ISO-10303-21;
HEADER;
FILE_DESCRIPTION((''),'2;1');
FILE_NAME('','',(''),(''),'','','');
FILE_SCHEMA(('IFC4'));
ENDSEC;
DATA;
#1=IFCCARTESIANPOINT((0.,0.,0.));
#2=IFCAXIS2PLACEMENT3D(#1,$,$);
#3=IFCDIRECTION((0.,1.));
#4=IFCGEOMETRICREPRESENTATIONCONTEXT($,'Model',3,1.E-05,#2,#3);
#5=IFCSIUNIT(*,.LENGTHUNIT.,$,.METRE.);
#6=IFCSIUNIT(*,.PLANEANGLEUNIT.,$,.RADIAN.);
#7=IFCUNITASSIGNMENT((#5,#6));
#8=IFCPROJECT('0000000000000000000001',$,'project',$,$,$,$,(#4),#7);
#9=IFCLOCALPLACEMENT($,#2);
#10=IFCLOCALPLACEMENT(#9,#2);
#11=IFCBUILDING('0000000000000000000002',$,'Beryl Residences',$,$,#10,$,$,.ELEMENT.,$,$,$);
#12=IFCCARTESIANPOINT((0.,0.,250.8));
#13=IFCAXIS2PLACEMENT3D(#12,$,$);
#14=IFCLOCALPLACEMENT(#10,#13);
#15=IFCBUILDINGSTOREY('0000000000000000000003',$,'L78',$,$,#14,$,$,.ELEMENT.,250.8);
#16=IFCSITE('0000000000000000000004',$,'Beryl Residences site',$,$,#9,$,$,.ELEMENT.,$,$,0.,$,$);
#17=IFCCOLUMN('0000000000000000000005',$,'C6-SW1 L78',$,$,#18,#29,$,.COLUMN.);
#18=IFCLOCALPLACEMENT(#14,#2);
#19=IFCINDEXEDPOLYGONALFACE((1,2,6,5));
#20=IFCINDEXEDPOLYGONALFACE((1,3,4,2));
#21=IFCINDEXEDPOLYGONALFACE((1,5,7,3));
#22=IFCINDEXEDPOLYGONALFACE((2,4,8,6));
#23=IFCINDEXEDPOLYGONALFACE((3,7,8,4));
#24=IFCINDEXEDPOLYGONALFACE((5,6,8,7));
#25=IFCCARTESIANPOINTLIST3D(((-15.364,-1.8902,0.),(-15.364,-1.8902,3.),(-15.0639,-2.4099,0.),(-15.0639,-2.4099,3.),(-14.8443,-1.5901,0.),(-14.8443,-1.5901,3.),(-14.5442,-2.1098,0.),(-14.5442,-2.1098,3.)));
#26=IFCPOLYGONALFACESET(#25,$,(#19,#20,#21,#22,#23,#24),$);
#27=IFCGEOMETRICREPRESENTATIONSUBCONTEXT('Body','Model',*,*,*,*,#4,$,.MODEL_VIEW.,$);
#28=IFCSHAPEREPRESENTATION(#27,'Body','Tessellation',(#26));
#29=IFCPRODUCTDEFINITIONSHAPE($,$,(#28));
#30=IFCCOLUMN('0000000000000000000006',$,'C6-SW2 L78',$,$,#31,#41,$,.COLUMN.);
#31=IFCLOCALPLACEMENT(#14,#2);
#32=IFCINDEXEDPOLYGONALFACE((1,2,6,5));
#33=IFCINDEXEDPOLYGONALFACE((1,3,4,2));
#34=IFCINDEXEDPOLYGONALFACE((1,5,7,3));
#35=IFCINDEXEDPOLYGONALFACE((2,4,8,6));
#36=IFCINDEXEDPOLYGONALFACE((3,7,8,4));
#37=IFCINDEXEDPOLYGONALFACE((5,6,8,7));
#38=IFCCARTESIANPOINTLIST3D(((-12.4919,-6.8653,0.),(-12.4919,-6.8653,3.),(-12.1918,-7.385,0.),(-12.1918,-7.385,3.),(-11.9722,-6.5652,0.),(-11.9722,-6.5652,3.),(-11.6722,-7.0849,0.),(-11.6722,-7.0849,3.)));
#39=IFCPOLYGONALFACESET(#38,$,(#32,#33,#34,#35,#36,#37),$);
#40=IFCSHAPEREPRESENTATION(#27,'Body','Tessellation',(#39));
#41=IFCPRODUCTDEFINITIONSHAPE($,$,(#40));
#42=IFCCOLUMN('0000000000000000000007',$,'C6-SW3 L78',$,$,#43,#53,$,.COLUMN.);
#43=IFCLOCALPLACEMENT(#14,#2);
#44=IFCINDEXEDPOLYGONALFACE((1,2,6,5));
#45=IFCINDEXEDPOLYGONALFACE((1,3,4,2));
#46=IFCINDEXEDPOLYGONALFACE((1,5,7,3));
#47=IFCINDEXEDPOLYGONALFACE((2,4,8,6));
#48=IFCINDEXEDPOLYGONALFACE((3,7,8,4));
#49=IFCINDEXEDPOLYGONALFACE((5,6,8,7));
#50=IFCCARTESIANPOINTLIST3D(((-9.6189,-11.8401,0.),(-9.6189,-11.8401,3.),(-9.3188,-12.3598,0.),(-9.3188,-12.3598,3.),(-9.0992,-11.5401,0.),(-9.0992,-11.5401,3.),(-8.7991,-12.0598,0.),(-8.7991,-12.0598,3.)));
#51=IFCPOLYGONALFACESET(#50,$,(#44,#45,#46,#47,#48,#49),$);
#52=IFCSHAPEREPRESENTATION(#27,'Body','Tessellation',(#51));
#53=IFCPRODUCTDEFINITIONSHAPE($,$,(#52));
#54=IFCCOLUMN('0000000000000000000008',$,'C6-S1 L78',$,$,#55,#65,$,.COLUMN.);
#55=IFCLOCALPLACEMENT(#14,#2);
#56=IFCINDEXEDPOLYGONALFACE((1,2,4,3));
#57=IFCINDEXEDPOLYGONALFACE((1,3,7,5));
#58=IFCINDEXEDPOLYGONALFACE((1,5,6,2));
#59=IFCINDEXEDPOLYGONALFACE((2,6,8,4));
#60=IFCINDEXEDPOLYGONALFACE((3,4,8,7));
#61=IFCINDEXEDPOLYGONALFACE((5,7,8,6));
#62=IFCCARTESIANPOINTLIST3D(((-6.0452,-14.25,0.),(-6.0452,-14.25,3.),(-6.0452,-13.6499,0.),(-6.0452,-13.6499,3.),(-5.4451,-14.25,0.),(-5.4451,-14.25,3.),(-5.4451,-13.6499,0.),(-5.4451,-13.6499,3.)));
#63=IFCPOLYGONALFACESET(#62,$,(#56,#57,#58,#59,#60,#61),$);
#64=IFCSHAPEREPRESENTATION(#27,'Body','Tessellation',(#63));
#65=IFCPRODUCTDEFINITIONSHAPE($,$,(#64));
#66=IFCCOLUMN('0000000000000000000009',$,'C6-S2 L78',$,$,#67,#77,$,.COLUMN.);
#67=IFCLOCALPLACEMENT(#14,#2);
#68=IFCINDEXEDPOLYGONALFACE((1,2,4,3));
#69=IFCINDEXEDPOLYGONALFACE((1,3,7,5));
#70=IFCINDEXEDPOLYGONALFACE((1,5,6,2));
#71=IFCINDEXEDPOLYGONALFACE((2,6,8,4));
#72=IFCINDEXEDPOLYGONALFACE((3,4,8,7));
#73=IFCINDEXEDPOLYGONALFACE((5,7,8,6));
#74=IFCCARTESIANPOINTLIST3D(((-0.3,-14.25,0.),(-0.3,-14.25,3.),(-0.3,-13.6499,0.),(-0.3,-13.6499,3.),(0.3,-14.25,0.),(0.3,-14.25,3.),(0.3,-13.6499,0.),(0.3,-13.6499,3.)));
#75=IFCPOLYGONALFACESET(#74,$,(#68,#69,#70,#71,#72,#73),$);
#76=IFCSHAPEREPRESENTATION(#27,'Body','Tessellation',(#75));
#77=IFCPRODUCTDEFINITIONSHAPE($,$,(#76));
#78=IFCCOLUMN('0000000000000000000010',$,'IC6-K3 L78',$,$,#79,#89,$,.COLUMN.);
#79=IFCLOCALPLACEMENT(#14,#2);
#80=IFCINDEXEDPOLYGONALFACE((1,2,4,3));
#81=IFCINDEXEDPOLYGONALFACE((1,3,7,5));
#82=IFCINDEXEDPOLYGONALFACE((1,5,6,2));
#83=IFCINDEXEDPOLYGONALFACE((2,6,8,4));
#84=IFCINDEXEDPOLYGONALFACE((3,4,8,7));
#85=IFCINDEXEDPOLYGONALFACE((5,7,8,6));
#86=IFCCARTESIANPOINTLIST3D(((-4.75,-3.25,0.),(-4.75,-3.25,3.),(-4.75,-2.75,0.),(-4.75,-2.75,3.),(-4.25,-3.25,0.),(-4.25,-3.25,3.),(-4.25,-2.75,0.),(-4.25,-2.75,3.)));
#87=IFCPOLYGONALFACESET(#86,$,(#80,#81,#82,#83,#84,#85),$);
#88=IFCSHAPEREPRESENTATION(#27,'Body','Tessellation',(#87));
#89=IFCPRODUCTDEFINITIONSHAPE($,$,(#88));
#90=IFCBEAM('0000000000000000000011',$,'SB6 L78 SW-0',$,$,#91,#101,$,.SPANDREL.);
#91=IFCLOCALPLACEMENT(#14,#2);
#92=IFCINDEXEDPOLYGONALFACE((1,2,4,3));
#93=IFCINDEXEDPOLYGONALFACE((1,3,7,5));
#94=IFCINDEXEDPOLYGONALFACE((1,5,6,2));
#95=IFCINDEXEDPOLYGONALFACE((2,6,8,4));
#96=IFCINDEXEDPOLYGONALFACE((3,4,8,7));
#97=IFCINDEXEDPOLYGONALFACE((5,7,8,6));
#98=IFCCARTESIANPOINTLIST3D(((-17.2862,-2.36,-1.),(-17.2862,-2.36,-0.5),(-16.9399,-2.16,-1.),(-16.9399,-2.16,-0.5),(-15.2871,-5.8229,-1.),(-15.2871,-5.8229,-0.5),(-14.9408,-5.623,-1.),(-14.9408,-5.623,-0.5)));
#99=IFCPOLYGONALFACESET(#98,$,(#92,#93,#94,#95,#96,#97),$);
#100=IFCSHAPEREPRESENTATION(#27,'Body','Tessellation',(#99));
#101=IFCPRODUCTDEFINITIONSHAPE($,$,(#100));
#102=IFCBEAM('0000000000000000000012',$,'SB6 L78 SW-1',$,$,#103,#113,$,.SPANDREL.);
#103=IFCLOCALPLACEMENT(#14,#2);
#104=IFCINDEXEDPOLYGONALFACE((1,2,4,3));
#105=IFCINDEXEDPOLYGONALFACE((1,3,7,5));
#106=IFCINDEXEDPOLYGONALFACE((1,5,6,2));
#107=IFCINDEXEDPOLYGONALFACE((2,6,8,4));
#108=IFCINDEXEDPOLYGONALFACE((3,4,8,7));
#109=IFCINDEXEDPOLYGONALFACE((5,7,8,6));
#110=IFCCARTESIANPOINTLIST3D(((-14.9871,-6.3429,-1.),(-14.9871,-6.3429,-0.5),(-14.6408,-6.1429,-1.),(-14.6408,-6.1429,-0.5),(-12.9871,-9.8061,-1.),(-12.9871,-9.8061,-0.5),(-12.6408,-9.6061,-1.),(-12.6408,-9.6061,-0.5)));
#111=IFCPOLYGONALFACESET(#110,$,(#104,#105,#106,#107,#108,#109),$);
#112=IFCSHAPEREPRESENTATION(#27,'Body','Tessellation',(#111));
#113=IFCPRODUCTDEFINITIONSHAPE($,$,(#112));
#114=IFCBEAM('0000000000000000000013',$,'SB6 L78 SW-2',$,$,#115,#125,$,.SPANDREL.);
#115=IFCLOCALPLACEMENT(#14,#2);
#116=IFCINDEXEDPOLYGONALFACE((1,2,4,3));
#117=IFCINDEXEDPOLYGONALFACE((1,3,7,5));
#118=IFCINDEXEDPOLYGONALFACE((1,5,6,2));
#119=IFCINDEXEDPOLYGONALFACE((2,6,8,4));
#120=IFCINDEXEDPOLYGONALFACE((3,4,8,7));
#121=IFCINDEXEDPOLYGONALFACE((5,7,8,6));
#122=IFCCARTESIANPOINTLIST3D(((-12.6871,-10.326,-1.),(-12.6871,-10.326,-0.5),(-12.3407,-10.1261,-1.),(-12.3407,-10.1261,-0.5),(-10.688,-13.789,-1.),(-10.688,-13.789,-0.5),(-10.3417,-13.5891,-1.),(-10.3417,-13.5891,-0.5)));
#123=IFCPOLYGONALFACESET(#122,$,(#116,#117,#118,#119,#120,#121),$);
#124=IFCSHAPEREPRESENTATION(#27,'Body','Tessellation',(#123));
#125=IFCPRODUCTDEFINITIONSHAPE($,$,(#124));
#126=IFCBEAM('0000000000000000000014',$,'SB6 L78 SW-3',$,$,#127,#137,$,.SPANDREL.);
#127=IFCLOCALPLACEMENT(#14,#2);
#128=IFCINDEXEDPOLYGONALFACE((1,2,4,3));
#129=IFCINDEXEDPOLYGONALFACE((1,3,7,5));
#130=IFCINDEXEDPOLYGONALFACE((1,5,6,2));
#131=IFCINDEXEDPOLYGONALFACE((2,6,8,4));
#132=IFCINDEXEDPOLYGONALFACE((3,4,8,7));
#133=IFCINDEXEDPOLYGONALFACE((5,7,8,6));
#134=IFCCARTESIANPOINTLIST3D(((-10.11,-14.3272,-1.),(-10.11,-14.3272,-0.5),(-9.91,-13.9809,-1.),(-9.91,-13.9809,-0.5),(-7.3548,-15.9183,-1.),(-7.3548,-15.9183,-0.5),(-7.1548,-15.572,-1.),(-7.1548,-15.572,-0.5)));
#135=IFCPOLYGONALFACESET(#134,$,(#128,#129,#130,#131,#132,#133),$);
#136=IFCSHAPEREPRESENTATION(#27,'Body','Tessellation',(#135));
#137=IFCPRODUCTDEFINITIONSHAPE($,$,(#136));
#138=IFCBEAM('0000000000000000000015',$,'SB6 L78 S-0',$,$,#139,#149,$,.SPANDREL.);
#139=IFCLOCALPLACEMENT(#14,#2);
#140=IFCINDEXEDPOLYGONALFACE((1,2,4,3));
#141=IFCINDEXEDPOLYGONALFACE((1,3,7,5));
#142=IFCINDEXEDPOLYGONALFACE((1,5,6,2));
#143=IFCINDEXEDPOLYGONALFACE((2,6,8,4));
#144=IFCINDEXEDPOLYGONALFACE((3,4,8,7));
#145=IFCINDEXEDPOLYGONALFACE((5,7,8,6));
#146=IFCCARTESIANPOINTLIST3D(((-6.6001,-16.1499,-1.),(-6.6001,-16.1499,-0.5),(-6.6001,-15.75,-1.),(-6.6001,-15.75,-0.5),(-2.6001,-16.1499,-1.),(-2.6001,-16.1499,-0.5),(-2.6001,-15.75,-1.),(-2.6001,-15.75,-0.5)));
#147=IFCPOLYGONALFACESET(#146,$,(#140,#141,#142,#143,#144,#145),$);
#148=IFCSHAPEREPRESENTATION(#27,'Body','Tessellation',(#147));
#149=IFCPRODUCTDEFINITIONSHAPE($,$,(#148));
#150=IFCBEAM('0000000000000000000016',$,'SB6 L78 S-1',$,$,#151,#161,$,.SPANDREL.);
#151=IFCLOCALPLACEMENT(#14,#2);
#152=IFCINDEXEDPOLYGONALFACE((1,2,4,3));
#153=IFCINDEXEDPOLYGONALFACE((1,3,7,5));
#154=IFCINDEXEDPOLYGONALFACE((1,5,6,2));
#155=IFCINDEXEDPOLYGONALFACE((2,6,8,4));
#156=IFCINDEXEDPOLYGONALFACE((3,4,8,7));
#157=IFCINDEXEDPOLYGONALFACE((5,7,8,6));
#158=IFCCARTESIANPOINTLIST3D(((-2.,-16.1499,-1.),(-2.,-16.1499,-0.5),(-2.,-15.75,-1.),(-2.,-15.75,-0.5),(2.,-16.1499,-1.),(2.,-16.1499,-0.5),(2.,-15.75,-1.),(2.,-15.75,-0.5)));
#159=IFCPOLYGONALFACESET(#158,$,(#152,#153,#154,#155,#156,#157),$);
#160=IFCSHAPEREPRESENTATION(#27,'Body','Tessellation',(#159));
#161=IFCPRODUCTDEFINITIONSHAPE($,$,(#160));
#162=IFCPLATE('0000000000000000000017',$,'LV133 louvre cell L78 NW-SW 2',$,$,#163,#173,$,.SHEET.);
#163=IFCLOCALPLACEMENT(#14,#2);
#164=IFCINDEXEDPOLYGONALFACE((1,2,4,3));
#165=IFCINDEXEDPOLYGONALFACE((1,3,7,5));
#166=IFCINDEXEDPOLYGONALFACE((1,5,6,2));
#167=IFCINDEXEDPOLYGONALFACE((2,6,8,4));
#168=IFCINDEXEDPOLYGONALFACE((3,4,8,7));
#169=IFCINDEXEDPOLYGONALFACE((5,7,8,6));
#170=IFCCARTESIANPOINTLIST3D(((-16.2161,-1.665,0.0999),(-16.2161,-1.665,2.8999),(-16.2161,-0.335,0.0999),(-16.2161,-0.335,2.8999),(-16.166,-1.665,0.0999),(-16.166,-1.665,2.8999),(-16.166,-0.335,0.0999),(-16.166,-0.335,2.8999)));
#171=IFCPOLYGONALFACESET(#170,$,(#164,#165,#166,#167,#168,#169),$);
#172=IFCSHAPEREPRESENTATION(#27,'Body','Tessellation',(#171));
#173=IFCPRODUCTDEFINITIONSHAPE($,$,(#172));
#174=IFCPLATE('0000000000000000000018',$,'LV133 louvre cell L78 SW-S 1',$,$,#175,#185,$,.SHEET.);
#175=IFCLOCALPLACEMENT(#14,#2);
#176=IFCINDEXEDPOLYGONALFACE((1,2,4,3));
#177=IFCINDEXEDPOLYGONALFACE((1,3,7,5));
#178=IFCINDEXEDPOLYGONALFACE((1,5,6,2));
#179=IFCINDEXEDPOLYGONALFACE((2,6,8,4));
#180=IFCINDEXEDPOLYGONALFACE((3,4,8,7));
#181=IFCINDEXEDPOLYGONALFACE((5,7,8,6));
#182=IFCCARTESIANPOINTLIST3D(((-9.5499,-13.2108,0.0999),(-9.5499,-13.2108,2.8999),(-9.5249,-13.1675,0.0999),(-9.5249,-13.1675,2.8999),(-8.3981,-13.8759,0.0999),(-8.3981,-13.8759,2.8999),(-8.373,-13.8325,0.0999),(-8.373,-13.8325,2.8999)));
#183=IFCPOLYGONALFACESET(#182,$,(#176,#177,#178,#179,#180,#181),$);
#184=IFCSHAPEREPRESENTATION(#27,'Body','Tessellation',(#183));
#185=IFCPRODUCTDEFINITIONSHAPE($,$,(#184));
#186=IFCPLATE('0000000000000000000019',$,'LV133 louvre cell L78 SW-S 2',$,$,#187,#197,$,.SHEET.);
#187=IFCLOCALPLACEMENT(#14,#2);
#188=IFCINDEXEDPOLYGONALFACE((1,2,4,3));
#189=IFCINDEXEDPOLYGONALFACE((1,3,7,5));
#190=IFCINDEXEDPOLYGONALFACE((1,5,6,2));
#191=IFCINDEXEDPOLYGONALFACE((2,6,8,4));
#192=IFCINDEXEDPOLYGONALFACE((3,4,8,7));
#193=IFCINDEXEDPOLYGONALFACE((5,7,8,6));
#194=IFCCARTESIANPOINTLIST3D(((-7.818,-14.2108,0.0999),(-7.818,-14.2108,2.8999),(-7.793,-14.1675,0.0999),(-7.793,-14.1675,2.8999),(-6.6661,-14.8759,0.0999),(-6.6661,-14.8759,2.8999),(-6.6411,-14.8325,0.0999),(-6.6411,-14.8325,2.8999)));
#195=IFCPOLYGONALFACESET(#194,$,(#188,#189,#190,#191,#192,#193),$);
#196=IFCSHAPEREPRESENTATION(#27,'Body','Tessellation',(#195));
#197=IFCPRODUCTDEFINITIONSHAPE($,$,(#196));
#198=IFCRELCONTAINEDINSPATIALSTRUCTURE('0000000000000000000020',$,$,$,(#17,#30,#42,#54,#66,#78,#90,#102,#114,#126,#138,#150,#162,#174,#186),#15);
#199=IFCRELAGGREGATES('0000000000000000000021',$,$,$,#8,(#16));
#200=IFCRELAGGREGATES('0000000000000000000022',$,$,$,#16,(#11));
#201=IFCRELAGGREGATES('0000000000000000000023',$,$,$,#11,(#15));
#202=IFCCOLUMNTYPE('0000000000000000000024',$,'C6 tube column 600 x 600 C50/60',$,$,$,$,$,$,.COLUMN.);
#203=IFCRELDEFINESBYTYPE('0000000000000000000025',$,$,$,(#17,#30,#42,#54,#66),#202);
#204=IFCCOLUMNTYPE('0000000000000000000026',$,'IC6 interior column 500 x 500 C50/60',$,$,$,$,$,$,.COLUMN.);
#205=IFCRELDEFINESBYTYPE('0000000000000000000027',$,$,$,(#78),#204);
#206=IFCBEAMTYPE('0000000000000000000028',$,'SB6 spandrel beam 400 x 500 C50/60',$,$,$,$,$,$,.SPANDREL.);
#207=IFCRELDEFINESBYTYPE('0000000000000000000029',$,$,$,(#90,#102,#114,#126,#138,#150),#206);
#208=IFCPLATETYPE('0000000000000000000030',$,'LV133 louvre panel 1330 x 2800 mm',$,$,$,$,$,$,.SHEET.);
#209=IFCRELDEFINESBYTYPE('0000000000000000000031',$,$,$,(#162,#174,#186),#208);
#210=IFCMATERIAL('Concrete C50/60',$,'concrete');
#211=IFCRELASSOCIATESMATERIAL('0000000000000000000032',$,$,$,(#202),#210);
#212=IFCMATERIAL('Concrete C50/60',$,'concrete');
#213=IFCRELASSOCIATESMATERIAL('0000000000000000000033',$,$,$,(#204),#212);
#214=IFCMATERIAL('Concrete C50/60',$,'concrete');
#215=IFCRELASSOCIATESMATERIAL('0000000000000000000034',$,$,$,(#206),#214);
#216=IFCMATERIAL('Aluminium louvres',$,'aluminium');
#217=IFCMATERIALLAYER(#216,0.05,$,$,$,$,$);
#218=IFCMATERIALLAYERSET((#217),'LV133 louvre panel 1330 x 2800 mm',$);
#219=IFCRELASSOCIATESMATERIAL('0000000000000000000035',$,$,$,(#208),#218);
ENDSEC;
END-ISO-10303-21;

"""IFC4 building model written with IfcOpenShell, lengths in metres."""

from ifc_helpers import new_model, si_unit, direction, frame, origin, origin_2d, place, context, subcontext, project, spatial, polyline, rectangle, outline, extrude, source, transform, mapped, material, layer, layer_set, material_profile, profile_set, type_object, type_shapes, element, save


model = new_model("IFC4")

# Units and contexts
model_context = context("Model", 3, precision=1e-05, world=origin(), true_north=direction((0.0, 1.0)))
body_context = subcontext(model_context, "Body", "Model", "MODEL_VIEW")
ifc_project = project(units=[si_unit("LENGTHUNIT", "METRE"), si_unit("PLANEANGLEUNIT", "RADIAN")], contexts=[model_context])

# Site, building, storey
site_placement = place(None, origin())
site = spatial("IfcSite", under=ifc_project, at=site_placement, Name="Beryl Residences site", CompositionType="ELEMENT", RefElevation=0.0)
building_placement = place(site_placement, origin())
building = spatial("IfcBuilding", under=site, at=building_placement, Name="Beryl Residences", CompositionType="ELEMENT")
storey_placement = place(building_placement, frame((0.0, 0.0, 250.8)))
storey = spatial("IfcBuildingStorey", under=building, at=storey_placement, Name="L78", CompositionType="ELEMENT", Elevation=250.8)

# Columns
ifc_material_1 = material(Name="Concrete C50/60", Category="concrete")
ifc_material_profile_1 = material_profile(ifc_material_1, rectangle(XDim=0.6001, YDim=0.6001, at=origin_2d()))
ifc_profile_set_1 = profile_set([ifc_material_profile_1], Name="Concrete C50/60")
column_type_1 = type_object("IfcColumnType", Name="C6 tube column 600 x 600 C50/60", PredefinedType="COLUMN", material=ifc_profile_set_1)
for number, where, z_axis, x_axis, name in (
    (1, (-14.9541, -2.0, 0.0), (0.0, 0.0, 1.0), (0.50003, -0.866008, 0.0), "C6-SW1 L78"),
    (2, (-12.082, -6.9751, 0.0), (0.0, 0.0, 1.0), (0.50003, -0.866008, 0.0), "C6-SW2 L78"),
    (3, (-9.209, -11.95, 0.0), (0.0, 0.0, 1.0), (0.50003, -0.866008, 0.0), "C6-SW3 L78"),
    (4, (-5.7451, -13.95, 0.0), (0.0, 0.0, 1.0), (1.0, 0.0, 0.0), "C6-S1 L78"),
    (5, (0.0, -13.95, 0.0), (0.0, 0.0, 1.0), (1.0, 0.0, 0.0), "C6-S2 L78"),
):
    element("IfcColumn", number, at=place(storey_placement, frame(where, z_axis=z_axis, x_axis=x_axis)), inside=storey, type_object=column_type_1, Name=name, PredefinedType="COLUMN", context=body_context, shape_type="SweptSolid", body=[
        extrude(rectangle(XDim=0.6001, YDim=0.6001, at=origin_2d()), origin(), (0.0, 0.0, 1.0), 3.0),
    ])
ifc_material_2 = material(Name="Concrete C50/60", Category="concrete")
ifc_material_profile_2 = material_profile(ifc_material_2, rectangle(XDim=0.5, YDim=0.5, at=origin_2d()))
ifc_profile_set_2 = profile_set([ifc_material_profile_2], Name="Concrete C50/60")
column_type_2 = type_object("IfcColumnType", Name="IC6 interior column 500 x 500 C50/60", PredefinedType="COLUMN", material=ifc_profile_set_2)
column_placement = place(storey_placement, frame((-4.5, -3.0, 0.0), z_axis=(0.0, 0.0, 1.0), x_axis=(1.0, 0.0, 0.0)))
element("IfcColumn", 6, at=column_placement, inside=storey, type_object=column_type_2, Name="IC6-K3 L78", PredefinedType="COLUMN", context=body_context, shape_type="SweptSolid", body=[
    extrude(rectangle(XDim=0.5, YDim=0.5, at=origin_2d()), origin(), (0.0, 0.0, 1.0), 3.0),
])

# Beams
ifc_material_3 = material(Name="Concrete C50/60", Category="concrete")
ifc_material_profile_3 = material_profile(ifc_material_3, rectangle(XDim=0.3999, YDim=0.5, at=origin_2d()))
ifc_profile_set_3 = profile_set([ifc_material_profile_3], Name="Concrete C50/60")
beam_type = type_object("IfcBeamType", Name="SB6 spandrel beam 400 x 500 C50/60", PredefinedType="SPANDREL", material=ifc_profile_set_3)
beam_1_placement = place(storey_placement, frame((-17.113, -2.26, -0.75), z_axis=(0.499948, -0.866055, 0.0), x_axis=(0.866055, 0.499948, 0.0)))
element("IfcBeam", 7, at=beam_1_placement, inside=storey, type_object=beam_type, Name="SB6 L78 SW-0", PredefinedType="SPANDREL", context=body_context, shape_type="SweptSolid", body=[
    extrude(rectangle(XDim=0.3999, YDim=0.5, at=origin_2d()), origin(), (0.0, 0.0, 1.0), 3.9985),
])
beam_2_placement = place(storey_placement, frame((-14.814, -6.2429, -0.75), z_axis=(0.500105, -0.865965, 0.0), x_axis=(0.865965, 0.500105, 0.0)))
element("IfcBeam", 8, at=beam_2_placement, inside=storey, type_object=beam_type, Name="SB6 L78 SW-1", PredefinedType="SPANDREL", context=body_context, shape_type="SweptSolid", body=[
    extrude(rectangle(XDim=0.3999, YDim=0.5, at=origin_2d()), origin(), (0.0, 0.0, 1.0), 3.9993),
])
beam_3_placement = place(storey_placement, frame((-12.5139, -10.2261, -0.75), z_axis=(0.499948, -0.866055, 0.0), x_axis=(0.866055, 0.499948, 0.0)))
element("IfcBeam", 9, at=beam_3_placement, inside=storey, type_object=beam_type, Name="SB6 L78 SW-2", PredefinedType="SPANDREL", context=body_context, shape_type="SweptSolid", body=[
    extrude(rectangle(XDim=0.3999, YDim=0.5, at=origin_2d()), origin(), (0.0, 0.0, 1.0), 3.9985),
])
beam_4_placement = place(storey_placement, frame((-10.01, -14.1541, -0.75), z_axis=(0.865972, -0.500092, 0.0), x_axis=(0.500092, 0.865972, 0.0)))
element("IfcBeam", 10, at=beam_4_placement, inside=storey, type_object=beam_type, Name="SB6 L78 SW-3", PredefinedType="SPANDREL", context=body_context, shape_type="SweptSolid", body=[
    extrude(rectangle(XDim=0.3999, YDim=0.5, at=origin_2d()), origin(), (0.0, 0.0, 1.0), 3.1816),
])
for number, where, z_axis, x_axis, name in (
    (11, (-6.6001, -15.95, -0.75), (1.0, 0.0, 0.0), (0.0, 1.0, 0.0), "SB6 L78 S-0"),
    (12, (-2.0, -15.95, -0.75), (1.0, 0.0, 0.0), (0.0, 1.0, 0.0), "SB6 L78 S-1"),
):
    element("IfcBeam", number, at=place(storey_placement, frame(where, z_axis=z_axis, x_axis=x_axis)), inside=storey, type_object=beam_type, Name=name, PredefinedType="SPANDREL", context=body_context, shape_type="SweptSolid", body=[
        extrude(rectangle(XDim=0.3999, YDim=0.5, at=origin_2d()), origin(), (0.0, 0.0, 1.0), 4.0),
    ])

# Plates
ifc_material_4 = material(Name="Aluminium louvres", Category="aluminium")
ifc_layer_1 = layer(ifc_material_4, 0.05)
ifc_layer_set_1 = layer_set([ifc_layer_1], Name="LV133 louvre panel 1330 x 2800 mm")
plate_type_1 = type_object("IfcPlateType", Name="LV133 louvre panel 1330 x 2800 mm", PredefinedType="SHEET", material=ifc_layer_set_1)
shared_shape_1 = source(origin(), body_context, "Body", "SweptSolid", [
    extrude(outline(polyline([(-0.665, 0.0), (0.665, 0.0), (0.665, 0.05), (-0.665, 0.05), (-0.665, 0.0)])), origin(), (0.0, 0.0, 1.0), 2.8),
])
type_shapes(plate_type_1, [shared_shape_1])
for number, where, z_axis, x_axis, name in (
    (13, (-16.166, -1.0, 0.0999), (0.0, 0.0, 1.0), (0.0, 1.0, 0.0), "LV133 louvre cell L78 NW-SW 2"),
    (14, (-8.949, -13.5, 0.0999), (0.0, 0.0, 1.0), (-0.866025, 0.5, 0.0), "LV133 louvre cell L78 SW-S 1"),
    (15, (-7.217, -14.5, 0.0999), (0.0, 0.0, 1.0), (-0.866025, 0.5, 0.0), "LV133 louvre cell L78 SW-S 2"),
):
    element("IfcPlate", number, at=place(storey_placement, frame(where, z_axis=z_axis, x_axis=x_axis)), inside=storey, type_object=plate_type_1, Name=name, PredefinedType="SHEET", context=body_context, shape_type="MappedRepresentation", body=[
        mapped(shared_shape_1, transform((0.0, 0.0, 0.0))),
    ])

save(model, "model.ifc")
